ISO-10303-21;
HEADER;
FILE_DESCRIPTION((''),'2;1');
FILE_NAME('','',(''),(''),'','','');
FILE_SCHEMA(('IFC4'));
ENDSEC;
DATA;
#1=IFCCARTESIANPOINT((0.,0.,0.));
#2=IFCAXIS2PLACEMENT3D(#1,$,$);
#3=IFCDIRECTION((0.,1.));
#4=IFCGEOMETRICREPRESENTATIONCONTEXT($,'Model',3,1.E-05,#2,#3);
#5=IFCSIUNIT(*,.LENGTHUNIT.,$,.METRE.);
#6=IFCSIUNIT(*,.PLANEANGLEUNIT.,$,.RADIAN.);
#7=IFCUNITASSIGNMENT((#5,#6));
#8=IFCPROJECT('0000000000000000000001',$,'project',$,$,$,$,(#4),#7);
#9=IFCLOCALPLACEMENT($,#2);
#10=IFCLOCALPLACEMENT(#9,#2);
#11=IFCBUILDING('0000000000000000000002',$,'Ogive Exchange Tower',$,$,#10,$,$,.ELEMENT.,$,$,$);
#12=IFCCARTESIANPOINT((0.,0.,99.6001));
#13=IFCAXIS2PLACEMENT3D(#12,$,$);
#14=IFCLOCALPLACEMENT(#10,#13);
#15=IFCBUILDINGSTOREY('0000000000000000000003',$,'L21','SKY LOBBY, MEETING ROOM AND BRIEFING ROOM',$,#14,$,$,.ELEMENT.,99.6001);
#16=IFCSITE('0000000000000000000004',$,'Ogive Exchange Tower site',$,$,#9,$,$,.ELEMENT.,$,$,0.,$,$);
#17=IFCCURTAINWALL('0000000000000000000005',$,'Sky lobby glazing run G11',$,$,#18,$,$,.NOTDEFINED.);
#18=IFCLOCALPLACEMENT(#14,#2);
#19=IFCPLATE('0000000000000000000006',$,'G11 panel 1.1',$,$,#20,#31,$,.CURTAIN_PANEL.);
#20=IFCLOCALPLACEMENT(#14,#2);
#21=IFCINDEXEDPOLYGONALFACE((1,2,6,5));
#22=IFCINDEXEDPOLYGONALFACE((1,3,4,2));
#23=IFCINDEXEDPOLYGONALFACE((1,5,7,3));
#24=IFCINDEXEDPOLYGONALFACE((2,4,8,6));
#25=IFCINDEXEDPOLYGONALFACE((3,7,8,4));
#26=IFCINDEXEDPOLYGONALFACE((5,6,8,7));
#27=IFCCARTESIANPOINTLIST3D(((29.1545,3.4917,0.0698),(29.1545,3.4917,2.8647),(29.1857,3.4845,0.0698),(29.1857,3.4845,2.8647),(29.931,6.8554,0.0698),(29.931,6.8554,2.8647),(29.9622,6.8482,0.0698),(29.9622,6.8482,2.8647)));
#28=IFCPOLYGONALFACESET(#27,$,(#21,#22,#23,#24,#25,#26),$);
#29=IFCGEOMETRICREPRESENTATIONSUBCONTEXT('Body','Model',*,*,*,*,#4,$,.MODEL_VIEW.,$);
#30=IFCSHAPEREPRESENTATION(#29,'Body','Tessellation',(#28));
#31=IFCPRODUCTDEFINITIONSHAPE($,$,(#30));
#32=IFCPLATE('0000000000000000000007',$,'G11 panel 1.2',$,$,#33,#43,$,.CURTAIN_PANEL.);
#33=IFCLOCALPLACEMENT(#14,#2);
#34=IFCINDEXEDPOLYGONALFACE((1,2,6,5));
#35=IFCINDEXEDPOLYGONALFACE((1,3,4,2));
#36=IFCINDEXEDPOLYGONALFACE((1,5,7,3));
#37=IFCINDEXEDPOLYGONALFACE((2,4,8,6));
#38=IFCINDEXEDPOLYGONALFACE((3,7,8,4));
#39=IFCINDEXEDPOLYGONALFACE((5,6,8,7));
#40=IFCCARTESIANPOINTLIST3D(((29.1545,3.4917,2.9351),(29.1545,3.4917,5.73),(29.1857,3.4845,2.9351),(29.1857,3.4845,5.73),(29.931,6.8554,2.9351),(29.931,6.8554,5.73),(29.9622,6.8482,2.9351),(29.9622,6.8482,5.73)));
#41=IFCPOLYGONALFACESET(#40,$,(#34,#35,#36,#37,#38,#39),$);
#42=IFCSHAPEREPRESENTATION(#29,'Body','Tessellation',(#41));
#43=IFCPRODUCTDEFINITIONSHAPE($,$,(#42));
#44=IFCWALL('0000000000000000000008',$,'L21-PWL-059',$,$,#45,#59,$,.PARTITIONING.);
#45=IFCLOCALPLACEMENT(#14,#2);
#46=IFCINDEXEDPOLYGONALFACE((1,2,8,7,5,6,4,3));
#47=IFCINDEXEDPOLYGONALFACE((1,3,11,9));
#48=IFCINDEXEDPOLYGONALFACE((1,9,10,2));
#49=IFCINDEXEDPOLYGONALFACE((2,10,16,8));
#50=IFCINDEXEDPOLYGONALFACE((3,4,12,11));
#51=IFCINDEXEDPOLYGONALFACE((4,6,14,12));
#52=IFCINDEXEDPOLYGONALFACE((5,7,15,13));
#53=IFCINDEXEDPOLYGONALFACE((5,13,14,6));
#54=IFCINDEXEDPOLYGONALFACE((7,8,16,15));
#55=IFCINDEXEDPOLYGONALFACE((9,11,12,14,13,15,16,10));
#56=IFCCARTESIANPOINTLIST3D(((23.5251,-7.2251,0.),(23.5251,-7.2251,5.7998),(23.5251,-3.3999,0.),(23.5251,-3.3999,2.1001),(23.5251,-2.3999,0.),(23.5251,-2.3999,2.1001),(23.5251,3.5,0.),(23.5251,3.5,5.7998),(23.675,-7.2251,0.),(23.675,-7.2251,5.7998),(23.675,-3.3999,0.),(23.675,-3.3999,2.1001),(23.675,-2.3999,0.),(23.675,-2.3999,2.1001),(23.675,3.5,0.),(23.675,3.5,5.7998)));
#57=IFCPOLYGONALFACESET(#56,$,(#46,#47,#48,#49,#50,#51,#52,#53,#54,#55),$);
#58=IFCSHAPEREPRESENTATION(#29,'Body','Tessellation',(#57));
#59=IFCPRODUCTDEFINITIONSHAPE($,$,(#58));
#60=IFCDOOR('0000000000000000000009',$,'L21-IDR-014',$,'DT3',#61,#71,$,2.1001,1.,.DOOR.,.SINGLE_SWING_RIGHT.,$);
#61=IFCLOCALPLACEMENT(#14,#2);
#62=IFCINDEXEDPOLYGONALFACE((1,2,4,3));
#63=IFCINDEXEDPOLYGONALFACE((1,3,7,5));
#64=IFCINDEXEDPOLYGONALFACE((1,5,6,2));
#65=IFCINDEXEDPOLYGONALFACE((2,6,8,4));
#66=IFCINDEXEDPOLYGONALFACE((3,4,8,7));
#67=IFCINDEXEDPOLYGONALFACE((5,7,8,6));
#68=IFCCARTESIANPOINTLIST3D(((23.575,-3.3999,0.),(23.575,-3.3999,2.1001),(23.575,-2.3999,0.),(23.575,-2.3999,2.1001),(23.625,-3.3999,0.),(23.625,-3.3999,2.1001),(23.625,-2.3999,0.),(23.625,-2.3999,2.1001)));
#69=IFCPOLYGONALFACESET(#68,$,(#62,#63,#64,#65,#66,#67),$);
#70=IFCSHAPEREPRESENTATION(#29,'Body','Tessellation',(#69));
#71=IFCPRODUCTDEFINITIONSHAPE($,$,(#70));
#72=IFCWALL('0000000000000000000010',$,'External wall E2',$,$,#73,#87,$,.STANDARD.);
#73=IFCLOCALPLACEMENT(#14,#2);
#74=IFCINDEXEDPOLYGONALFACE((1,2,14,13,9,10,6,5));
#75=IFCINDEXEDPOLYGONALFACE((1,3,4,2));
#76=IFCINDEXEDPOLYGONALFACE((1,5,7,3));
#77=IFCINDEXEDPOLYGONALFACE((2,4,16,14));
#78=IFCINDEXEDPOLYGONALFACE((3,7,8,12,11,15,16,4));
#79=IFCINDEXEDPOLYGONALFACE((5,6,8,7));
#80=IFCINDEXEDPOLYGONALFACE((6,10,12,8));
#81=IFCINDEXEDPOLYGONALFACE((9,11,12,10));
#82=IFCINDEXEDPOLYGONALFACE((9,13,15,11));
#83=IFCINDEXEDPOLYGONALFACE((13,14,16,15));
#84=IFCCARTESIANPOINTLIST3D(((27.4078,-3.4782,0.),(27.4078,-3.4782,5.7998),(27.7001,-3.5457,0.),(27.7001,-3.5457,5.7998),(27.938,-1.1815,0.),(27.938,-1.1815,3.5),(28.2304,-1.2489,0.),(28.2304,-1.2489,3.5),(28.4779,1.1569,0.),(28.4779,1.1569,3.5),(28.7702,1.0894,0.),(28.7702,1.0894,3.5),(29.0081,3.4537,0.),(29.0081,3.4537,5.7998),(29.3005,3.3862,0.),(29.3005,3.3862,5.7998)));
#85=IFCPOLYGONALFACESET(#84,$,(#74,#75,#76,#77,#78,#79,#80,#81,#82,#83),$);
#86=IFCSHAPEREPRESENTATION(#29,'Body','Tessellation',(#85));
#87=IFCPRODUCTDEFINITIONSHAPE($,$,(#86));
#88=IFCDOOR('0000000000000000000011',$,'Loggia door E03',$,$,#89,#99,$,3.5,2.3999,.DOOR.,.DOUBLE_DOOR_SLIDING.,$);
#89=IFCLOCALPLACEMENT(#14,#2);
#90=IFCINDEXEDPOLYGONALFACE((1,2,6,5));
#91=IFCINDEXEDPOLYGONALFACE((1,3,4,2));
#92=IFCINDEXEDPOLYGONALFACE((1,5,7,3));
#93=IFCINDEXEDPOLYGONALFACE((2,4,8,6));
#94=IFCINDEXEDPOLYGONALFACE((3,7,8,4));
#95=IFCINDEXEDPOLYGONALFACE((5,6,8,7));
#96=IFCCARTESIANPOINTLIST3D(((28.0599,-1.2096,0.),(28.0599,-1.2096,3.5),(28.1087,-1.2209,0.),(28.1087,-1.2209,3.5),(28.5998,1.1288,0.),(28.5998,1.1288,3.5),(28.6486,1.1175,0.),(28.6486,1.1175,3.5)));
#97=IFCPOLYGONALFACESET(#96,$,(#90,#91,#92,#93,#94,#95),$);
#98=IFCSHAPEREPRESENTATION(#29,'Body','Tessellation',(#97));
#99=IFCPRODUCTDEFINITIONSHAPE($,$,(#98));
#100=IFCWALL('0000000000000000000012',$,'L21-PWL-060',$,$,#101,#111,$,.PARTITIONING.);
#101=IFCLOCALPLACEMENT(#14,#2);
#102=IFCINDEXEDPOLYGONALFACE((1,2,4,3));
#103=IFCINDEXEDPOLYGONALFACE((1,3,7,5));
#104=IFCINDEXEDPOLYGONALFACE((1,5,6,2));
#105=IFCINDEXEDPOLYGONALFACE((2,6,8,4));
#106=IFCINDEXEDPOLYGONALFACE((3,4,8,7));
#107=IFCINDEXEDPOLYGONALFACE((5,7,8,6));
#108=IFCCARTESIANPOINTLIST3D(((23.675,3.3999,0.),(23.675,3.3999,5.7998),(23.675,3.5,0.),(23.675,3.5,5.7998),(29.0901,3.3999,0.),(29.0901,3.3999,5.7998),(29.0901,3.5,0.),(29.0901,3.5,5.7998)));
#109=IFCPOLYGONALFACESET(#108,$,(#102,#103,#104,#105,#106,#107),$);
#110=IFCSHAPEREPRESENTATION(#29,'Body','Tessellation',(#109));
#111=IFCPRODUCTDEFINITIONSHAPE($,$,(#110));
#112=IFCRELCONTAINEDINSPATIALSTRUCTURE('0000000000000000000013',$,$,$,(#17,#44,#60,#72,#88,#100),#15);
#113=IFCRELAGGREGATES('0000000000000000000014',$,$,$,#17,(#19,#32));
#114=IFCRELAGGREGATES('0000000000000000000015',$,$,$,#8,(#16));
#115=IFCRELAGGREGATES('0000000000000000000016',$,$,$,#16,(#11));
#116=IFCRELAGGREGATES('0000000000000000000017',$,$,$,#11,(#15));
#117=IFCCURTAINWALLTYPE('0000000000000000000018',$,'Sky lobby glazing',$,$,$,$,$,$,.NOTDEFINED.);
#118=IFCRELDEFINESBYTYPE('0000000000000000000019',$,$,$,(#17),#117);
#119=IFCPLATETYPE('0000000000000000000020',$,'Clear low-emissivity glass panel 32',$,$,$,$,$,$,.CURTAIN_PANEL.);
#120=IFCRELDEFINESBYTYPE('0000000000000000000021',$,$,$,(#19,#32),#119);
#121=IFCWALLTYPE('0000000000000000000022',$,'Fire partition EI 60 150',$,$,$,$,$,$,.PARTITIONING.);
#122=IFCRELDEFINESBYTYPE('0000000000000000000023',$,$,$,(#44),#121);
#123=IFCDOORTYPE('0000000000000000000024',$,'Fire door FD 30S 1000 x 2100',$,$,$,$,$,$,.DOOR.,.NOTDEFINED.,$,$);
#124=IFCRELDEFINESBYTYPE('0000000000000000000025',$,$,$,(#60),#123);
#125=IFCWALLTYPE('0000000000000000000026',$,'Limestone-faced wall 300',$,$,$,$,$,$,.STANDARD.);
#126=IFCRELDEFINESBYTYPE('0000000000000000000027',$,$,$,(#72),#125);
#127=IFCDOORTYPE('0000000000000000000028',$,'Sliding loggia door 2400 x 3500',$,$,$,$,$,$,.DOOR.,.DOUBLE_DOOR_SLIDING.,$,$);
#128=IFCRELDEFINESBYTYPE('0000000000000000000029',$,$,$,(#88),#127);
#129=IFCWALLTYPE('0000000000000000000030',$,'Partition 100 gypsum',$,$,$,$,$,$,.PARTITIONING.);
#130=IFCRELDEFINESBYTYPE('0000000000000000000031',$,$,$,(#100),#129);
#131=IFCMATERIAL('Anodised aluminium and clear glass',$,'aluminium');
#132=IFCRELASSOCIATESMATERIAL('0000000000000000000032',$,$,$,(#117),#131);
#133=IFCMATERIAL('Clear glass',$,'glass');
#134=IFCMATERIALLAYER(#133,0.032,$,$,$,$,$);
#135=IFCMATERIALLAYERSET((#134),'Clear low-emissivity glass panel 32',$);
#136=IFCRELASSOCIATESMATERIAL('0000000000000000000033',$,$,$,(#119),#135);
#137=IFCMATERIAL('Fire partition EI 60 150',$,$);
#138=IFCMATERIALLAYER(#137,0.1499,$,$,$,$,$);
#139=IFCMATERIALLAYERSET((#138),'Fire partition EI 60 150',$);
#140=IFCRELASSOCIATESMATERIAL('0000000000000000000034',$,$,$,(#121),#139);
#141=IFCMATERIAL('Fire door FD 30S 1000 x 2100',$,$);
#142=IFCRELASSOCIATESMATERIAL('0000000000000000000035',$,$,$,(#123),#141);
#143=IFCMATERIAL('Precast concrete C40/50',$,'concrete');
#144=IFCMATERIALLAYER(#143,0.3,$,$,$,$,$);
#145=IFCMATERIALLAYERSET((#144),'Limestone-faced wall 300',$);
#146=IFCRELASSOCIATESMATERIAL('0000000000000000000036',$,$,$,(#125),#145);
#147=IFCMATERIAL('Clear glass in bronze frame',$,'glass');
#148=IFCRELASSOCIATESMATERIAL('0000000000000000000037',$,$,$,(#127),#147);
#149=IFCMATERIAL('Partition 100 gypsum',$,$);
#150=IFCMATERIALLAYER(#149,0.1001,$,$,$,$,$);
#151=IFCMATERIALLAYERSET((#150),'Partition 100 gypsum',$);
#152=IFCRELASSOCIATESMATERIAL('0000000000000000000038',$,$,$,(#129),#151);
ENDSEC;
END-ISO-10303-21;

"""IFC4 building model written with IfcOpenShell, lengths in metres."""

from ifc_helpers import new_model, si_unit, direction, frame, frame_2d, origin, origin_2d, place, context, subcontext, project, spatial, rectangle, extrude, material, layer, layer_set, type_object, element, fill, aggregate, save


model = new_model("IFC4")

# Units and contexts
model_context = context("Model", 3, precision=1e-05, world=origin(), true_north=direction((0.0, 1.0)))
body_context = subcontext(model_context, "Body", "Model", "MODEL_VIEW")
ifc_project = project(units=[si_unit("LENGTHUNIT", "METRE"), si_unit("PLANEANGLEUNIT", "RADIAN")], contexts=[model_context])

# Site, building, storey
site_placement = place(None, origin())
site = spatial("IfcSite", under=ifc_project, at=site_placement, Name="Ogive Exchange Tower site", CompositionType="ELEMENT", RefElevation=0.0)
building_placement = place(site_placement, origin())
building = spatial("IfcBuilding", under=site, at=building_placement, Name="Ogive Exchange Tower", CompositionType="ELEMENT")
storey_placement = place(building_placement, frame((0.0, 0.0, 99.6001)))
storey = spatial("IfcBuildingStorey", under=building, at=storey_placement, Name="L21", Description="SKY LOBBY, MEETING ROOM AND BRIEFING ROOM", CompositionType="ELEMENT", Elevation=99.6001)

# Curtain wall
ifc_material_1 = material(Name="Anodised aluminium and clear glass", Category="aluminium")
curtain_wall_type = type_object("IfcCurtainWallType", Name="Sky lobby glazing", PredefinedType="NOTDEFINED", material=ifc_material_1)
curtain_wall_1_placement = place(storey_placement, origin())
curtain_wall_1 = element("IfcCurtainWall", 1, at=curtain_wall_1_placement, inside=storey, type_object=curtain_wall_type, Name="Sky lobby glazing run G11", PredefinedType="NOTDEFINED")

# Plates
ifc_material_2 = material(Name="Clear glass", Category="glass")
ifc_layer_1 = layer(ifc_material_2, 0.032)
ifc_layer_set_1 = layer_set([ifc_layer_1], Name="Clear low-emissivity glass panel 32")
plate_type = type_object("IfcPlateType", Name="Clear low-emissivity glass panel 32", PredefinedType="CURTAIN_PANEL", material=ifc_layer_set_1)
plate_1_placement = place(storey_placement, frame((29.5583, 5.1699, 0.0698), z_axis=(0.0, 0.0, 1.0), x_axis=(0.224944, 0.974372, 0.0)))
plate_1 = element("IfcPlate", 2, at=plate_1_placement, type_object=plate_type, Name="G11 panel 1.1", PredefinedType="CURTAIN_PANEL", context=body_context, shape_type="SweptSolid", body=[
    extrude(rectangle(XDim=3.4521, YDim=0.032, at=origin_2d()), origin(), (0.0, 0.0, 1.0), 2.7949),
])
plate_2_placement = place(storey_placement, frame((29.5583, 5.1699, 2.9351), z_axis=(0.0, 0.0, 1.0), x_axis=(0.224944, 0.974372, 0.0)))
plate_2 = element("IfcPlate", 3, at=plate_2_placement, type_object=plate_type, Name="G11 panel 1.2", PredefinedType="CURTAIN_PANEL", context=body_context, shape_type="SweptSolid", body=[
    extrude(rectangle(XDim=3.4521, YDim=0.032, at=origin_2d()), origin(), (0.0, 0.0, 1.0), 2.7949),
])
aggregate(curtain_wall_1, [plate_1, plate_2])

# Walls, openings, doors
ifc_material_3 = material(Name="Fire partition EI 60 150")
ifc_layer_2 = layer(ifc_material_3, 0.1499)
ifc_layer_set_2 = layer_set([ifc_layer_2], Name="Fire partition EI 60 150")
wall_type_1 = type_object("IfcWallType", Name="Fire partition EI 60 150", PredefinedType="PARTITIONING", material=ifc_layer_set_2)
wall_1_placement = place(storey_placement, frame((23.6001, 3.5, 0.0), z_axis=(0.0, 0.0, 1.0), x_axis=(0.0, -1.0, 0.0)))
wall_1 = element("IfcWall", 4, at=wall_1_placement, inside=storey, type_object=wall_type_1, Name="L21-PWL-059", PredefinedType="PARTITIONING", context=body_context, shape_type="SweptSolid", body=[
    extrude(rectangle(XDim=10.7251, YDim=0.1499, at=frame_2d((5.3625, 0.0))), origin(), (0.0, 0.0, 1.0), 5.7998),
])
opening_1_placement = place(wall_1_placement, frame((5.8999, 0.0, 0.0)))
opening_1 = element("IfcOpeningElement", 5, at=opening_1_placement, cuts=wall_1, PredefinedType="OPENING", context=body_context, shape_type="SweptSolid", body=[
    extrude(rectangle(XDim=1.0, YDim=2.1001, at=frame_2d((0.5, 1.05))), frame((0.0, 0.085, 0.0), z_axis=(0.0, -1.0, 0.0), x_axis=(1.0, 0.0, 0.0)), (0.0, 0.0, 1.0), 0.1699),
])
ifc_material_4 = material(Name="Fire door FD 30S 1000 x 2100")
door_type_1 = type_object("IfcDoorType", Name="Fire door FD 30S 1000 x 2100", OperationType="NOTDEFINED", PredefinedType="DOOR", material=ifc_material_4)
door_1_placement = place(opening_1_placement, origin())
door_1 = element("IfcDoor", 6, at=door_1_placement, inside=storey, type_object=door_type_1, Name="L21-IDR-014", ObjectType="DT3", OperationType="SINGLE_SWING_RIGHT", OverallHeight=2.1001, OverallWidth=1.0, PredefinedType="DOOR", context=body_context, shape_type="SweptSolid", body=[
    extrude(rectangle(XDim=1.0, YDim=2.1001, at=frame_2d((0.5, 1.05))), frame((0.0, 0.0249, 0.0), z_axis=(0.0, -1.0, 0.0), x_axis=(1.0, 0.0, 0.0)), (0.0, 0.0, 1.0), 0.05),
])
fill(opening_1, door_1)
ifc_material_5 = material(Name="Precast concrete C40/50", Category="concrete")
ifc_layer_3 = layer(ifc_material_5, 0.3)
ifc_layer_set_3 = layer_set([ifc_layer_3], Name="Limestone-faced wall 300")
wall_type_2 = type_object("IfcWallType", Name="Limestone-faced wall 300", PredefinedType="STANDARD", material=ifc_layer_set_3)
wall_2_placement = place(storey_placement, frame((27.554, -3.512, 0.0), z_axis=(0.0, 0.0, 1.0), x_axis=(0.22495, 0.97437, 0.0)))
wall_2 = element("IfcWall", 7, at=wall_2_placement, inside=storey, type_object=wall_type_2, Name="External wall E2", PredefinedType="STANDARD", context=body_context, shape_type="SweptSolid", body=[
    extrude(rectangle(XDim=7.1143, YDim=0.3, at=frame_2d((3.5571, 0.0))), origin(), (0.0, 0.0, 1.0), 5.7998),
])
opening_2_placement = place(wall_2_placement, frame((2.3572, 0.0, 0.0)))
opening_2 = element("IfcOpeningElement", 8, at=opening_2_placement, cuts=wall_2, PredefinedType="OPENING", context=body_context, shape_type="SweptSolid", body=[
    extrude(rectangle(XDim=2.3999, YDim=3.5, at=frame_2d((1.2, 1.75))), frame((0.0, 0.1599, 0.0), z_axis=(0.0, -1.0, 0.0), x_axis=(1.0, 0.0, 0.0)), (0.0, 0.0, 1.0), 0.3201),
])
ifc_material_6 = material(Name="Clear glass in bronze frame", Category="glass")
door_type_2 = type_object("IfcDoorType", Name="Sliding loggia door 2400 x 3500", OperationType="DOUBLE_DOOR_SLIDING", PredefinedType="DOOR", material=ifc_material_6)
door_2_placement = place(opening_2_placement, origin())
door_2 = element("IfcDoor", 9, at=door_2_placement, inside=storey, type_object=door_type_2, Name="Loggia door E03", OperationType="DOUBLE_DOOR_SLIDING", OverallHeight=3.5, OverallWidth=2.3999, PredefinedType="DOOR", context=body_context, shape_type="SweptSolid", body=[
    extrude(rectangle(XDim=2.3999, YDim=3.5, at=frame_2d((1.2, 1.75))), frame((0.0, 0.0249, 0.0), z_axis=(0.0, -1.0, 0.0), x_axis=(1.0, 0.0, 0.0)), (0.0, 0.0, 1.0), 0.05),
])
fill(opening_2, door_2)

# Wall
ifc_material_7 = material(Name="Partition 100 gypsum")
ifc_layer_4 = layer(ifc_material_7, 0.1001)
ifc_layer_set_4 = layer_set([ifc_layer_4], Name="Partition 100 gypsum")
wall_type_3 = type_object("IfcWallType", Name="Partition 100 gypsum", PredefinedType="PARTITIONING", material=ifc_layer_set_4)
wall_3_placement = place(storey_placement, frame((23.675, 3.45, 0.0), z_axis=(0.0, 0.0, 1.0), x_axis=(1.0, 0.0, 0.0)))
element("IfcWall", 10, at=wall_3_placement, inside=storey, type_object=wall_type_3, Name="L21-PWL-060", PredefinedType="PARTITIONING", context=body_context, shape_type="SweptSolid", body=[
    extrude(rectangle(XDim=5.415, YDim=0.1001, at=frame_2d((2.7075, 0.0))), origin(), (0.0, 0.0, 1.0), 5.7998),
])

save(model, "model.ifc")
